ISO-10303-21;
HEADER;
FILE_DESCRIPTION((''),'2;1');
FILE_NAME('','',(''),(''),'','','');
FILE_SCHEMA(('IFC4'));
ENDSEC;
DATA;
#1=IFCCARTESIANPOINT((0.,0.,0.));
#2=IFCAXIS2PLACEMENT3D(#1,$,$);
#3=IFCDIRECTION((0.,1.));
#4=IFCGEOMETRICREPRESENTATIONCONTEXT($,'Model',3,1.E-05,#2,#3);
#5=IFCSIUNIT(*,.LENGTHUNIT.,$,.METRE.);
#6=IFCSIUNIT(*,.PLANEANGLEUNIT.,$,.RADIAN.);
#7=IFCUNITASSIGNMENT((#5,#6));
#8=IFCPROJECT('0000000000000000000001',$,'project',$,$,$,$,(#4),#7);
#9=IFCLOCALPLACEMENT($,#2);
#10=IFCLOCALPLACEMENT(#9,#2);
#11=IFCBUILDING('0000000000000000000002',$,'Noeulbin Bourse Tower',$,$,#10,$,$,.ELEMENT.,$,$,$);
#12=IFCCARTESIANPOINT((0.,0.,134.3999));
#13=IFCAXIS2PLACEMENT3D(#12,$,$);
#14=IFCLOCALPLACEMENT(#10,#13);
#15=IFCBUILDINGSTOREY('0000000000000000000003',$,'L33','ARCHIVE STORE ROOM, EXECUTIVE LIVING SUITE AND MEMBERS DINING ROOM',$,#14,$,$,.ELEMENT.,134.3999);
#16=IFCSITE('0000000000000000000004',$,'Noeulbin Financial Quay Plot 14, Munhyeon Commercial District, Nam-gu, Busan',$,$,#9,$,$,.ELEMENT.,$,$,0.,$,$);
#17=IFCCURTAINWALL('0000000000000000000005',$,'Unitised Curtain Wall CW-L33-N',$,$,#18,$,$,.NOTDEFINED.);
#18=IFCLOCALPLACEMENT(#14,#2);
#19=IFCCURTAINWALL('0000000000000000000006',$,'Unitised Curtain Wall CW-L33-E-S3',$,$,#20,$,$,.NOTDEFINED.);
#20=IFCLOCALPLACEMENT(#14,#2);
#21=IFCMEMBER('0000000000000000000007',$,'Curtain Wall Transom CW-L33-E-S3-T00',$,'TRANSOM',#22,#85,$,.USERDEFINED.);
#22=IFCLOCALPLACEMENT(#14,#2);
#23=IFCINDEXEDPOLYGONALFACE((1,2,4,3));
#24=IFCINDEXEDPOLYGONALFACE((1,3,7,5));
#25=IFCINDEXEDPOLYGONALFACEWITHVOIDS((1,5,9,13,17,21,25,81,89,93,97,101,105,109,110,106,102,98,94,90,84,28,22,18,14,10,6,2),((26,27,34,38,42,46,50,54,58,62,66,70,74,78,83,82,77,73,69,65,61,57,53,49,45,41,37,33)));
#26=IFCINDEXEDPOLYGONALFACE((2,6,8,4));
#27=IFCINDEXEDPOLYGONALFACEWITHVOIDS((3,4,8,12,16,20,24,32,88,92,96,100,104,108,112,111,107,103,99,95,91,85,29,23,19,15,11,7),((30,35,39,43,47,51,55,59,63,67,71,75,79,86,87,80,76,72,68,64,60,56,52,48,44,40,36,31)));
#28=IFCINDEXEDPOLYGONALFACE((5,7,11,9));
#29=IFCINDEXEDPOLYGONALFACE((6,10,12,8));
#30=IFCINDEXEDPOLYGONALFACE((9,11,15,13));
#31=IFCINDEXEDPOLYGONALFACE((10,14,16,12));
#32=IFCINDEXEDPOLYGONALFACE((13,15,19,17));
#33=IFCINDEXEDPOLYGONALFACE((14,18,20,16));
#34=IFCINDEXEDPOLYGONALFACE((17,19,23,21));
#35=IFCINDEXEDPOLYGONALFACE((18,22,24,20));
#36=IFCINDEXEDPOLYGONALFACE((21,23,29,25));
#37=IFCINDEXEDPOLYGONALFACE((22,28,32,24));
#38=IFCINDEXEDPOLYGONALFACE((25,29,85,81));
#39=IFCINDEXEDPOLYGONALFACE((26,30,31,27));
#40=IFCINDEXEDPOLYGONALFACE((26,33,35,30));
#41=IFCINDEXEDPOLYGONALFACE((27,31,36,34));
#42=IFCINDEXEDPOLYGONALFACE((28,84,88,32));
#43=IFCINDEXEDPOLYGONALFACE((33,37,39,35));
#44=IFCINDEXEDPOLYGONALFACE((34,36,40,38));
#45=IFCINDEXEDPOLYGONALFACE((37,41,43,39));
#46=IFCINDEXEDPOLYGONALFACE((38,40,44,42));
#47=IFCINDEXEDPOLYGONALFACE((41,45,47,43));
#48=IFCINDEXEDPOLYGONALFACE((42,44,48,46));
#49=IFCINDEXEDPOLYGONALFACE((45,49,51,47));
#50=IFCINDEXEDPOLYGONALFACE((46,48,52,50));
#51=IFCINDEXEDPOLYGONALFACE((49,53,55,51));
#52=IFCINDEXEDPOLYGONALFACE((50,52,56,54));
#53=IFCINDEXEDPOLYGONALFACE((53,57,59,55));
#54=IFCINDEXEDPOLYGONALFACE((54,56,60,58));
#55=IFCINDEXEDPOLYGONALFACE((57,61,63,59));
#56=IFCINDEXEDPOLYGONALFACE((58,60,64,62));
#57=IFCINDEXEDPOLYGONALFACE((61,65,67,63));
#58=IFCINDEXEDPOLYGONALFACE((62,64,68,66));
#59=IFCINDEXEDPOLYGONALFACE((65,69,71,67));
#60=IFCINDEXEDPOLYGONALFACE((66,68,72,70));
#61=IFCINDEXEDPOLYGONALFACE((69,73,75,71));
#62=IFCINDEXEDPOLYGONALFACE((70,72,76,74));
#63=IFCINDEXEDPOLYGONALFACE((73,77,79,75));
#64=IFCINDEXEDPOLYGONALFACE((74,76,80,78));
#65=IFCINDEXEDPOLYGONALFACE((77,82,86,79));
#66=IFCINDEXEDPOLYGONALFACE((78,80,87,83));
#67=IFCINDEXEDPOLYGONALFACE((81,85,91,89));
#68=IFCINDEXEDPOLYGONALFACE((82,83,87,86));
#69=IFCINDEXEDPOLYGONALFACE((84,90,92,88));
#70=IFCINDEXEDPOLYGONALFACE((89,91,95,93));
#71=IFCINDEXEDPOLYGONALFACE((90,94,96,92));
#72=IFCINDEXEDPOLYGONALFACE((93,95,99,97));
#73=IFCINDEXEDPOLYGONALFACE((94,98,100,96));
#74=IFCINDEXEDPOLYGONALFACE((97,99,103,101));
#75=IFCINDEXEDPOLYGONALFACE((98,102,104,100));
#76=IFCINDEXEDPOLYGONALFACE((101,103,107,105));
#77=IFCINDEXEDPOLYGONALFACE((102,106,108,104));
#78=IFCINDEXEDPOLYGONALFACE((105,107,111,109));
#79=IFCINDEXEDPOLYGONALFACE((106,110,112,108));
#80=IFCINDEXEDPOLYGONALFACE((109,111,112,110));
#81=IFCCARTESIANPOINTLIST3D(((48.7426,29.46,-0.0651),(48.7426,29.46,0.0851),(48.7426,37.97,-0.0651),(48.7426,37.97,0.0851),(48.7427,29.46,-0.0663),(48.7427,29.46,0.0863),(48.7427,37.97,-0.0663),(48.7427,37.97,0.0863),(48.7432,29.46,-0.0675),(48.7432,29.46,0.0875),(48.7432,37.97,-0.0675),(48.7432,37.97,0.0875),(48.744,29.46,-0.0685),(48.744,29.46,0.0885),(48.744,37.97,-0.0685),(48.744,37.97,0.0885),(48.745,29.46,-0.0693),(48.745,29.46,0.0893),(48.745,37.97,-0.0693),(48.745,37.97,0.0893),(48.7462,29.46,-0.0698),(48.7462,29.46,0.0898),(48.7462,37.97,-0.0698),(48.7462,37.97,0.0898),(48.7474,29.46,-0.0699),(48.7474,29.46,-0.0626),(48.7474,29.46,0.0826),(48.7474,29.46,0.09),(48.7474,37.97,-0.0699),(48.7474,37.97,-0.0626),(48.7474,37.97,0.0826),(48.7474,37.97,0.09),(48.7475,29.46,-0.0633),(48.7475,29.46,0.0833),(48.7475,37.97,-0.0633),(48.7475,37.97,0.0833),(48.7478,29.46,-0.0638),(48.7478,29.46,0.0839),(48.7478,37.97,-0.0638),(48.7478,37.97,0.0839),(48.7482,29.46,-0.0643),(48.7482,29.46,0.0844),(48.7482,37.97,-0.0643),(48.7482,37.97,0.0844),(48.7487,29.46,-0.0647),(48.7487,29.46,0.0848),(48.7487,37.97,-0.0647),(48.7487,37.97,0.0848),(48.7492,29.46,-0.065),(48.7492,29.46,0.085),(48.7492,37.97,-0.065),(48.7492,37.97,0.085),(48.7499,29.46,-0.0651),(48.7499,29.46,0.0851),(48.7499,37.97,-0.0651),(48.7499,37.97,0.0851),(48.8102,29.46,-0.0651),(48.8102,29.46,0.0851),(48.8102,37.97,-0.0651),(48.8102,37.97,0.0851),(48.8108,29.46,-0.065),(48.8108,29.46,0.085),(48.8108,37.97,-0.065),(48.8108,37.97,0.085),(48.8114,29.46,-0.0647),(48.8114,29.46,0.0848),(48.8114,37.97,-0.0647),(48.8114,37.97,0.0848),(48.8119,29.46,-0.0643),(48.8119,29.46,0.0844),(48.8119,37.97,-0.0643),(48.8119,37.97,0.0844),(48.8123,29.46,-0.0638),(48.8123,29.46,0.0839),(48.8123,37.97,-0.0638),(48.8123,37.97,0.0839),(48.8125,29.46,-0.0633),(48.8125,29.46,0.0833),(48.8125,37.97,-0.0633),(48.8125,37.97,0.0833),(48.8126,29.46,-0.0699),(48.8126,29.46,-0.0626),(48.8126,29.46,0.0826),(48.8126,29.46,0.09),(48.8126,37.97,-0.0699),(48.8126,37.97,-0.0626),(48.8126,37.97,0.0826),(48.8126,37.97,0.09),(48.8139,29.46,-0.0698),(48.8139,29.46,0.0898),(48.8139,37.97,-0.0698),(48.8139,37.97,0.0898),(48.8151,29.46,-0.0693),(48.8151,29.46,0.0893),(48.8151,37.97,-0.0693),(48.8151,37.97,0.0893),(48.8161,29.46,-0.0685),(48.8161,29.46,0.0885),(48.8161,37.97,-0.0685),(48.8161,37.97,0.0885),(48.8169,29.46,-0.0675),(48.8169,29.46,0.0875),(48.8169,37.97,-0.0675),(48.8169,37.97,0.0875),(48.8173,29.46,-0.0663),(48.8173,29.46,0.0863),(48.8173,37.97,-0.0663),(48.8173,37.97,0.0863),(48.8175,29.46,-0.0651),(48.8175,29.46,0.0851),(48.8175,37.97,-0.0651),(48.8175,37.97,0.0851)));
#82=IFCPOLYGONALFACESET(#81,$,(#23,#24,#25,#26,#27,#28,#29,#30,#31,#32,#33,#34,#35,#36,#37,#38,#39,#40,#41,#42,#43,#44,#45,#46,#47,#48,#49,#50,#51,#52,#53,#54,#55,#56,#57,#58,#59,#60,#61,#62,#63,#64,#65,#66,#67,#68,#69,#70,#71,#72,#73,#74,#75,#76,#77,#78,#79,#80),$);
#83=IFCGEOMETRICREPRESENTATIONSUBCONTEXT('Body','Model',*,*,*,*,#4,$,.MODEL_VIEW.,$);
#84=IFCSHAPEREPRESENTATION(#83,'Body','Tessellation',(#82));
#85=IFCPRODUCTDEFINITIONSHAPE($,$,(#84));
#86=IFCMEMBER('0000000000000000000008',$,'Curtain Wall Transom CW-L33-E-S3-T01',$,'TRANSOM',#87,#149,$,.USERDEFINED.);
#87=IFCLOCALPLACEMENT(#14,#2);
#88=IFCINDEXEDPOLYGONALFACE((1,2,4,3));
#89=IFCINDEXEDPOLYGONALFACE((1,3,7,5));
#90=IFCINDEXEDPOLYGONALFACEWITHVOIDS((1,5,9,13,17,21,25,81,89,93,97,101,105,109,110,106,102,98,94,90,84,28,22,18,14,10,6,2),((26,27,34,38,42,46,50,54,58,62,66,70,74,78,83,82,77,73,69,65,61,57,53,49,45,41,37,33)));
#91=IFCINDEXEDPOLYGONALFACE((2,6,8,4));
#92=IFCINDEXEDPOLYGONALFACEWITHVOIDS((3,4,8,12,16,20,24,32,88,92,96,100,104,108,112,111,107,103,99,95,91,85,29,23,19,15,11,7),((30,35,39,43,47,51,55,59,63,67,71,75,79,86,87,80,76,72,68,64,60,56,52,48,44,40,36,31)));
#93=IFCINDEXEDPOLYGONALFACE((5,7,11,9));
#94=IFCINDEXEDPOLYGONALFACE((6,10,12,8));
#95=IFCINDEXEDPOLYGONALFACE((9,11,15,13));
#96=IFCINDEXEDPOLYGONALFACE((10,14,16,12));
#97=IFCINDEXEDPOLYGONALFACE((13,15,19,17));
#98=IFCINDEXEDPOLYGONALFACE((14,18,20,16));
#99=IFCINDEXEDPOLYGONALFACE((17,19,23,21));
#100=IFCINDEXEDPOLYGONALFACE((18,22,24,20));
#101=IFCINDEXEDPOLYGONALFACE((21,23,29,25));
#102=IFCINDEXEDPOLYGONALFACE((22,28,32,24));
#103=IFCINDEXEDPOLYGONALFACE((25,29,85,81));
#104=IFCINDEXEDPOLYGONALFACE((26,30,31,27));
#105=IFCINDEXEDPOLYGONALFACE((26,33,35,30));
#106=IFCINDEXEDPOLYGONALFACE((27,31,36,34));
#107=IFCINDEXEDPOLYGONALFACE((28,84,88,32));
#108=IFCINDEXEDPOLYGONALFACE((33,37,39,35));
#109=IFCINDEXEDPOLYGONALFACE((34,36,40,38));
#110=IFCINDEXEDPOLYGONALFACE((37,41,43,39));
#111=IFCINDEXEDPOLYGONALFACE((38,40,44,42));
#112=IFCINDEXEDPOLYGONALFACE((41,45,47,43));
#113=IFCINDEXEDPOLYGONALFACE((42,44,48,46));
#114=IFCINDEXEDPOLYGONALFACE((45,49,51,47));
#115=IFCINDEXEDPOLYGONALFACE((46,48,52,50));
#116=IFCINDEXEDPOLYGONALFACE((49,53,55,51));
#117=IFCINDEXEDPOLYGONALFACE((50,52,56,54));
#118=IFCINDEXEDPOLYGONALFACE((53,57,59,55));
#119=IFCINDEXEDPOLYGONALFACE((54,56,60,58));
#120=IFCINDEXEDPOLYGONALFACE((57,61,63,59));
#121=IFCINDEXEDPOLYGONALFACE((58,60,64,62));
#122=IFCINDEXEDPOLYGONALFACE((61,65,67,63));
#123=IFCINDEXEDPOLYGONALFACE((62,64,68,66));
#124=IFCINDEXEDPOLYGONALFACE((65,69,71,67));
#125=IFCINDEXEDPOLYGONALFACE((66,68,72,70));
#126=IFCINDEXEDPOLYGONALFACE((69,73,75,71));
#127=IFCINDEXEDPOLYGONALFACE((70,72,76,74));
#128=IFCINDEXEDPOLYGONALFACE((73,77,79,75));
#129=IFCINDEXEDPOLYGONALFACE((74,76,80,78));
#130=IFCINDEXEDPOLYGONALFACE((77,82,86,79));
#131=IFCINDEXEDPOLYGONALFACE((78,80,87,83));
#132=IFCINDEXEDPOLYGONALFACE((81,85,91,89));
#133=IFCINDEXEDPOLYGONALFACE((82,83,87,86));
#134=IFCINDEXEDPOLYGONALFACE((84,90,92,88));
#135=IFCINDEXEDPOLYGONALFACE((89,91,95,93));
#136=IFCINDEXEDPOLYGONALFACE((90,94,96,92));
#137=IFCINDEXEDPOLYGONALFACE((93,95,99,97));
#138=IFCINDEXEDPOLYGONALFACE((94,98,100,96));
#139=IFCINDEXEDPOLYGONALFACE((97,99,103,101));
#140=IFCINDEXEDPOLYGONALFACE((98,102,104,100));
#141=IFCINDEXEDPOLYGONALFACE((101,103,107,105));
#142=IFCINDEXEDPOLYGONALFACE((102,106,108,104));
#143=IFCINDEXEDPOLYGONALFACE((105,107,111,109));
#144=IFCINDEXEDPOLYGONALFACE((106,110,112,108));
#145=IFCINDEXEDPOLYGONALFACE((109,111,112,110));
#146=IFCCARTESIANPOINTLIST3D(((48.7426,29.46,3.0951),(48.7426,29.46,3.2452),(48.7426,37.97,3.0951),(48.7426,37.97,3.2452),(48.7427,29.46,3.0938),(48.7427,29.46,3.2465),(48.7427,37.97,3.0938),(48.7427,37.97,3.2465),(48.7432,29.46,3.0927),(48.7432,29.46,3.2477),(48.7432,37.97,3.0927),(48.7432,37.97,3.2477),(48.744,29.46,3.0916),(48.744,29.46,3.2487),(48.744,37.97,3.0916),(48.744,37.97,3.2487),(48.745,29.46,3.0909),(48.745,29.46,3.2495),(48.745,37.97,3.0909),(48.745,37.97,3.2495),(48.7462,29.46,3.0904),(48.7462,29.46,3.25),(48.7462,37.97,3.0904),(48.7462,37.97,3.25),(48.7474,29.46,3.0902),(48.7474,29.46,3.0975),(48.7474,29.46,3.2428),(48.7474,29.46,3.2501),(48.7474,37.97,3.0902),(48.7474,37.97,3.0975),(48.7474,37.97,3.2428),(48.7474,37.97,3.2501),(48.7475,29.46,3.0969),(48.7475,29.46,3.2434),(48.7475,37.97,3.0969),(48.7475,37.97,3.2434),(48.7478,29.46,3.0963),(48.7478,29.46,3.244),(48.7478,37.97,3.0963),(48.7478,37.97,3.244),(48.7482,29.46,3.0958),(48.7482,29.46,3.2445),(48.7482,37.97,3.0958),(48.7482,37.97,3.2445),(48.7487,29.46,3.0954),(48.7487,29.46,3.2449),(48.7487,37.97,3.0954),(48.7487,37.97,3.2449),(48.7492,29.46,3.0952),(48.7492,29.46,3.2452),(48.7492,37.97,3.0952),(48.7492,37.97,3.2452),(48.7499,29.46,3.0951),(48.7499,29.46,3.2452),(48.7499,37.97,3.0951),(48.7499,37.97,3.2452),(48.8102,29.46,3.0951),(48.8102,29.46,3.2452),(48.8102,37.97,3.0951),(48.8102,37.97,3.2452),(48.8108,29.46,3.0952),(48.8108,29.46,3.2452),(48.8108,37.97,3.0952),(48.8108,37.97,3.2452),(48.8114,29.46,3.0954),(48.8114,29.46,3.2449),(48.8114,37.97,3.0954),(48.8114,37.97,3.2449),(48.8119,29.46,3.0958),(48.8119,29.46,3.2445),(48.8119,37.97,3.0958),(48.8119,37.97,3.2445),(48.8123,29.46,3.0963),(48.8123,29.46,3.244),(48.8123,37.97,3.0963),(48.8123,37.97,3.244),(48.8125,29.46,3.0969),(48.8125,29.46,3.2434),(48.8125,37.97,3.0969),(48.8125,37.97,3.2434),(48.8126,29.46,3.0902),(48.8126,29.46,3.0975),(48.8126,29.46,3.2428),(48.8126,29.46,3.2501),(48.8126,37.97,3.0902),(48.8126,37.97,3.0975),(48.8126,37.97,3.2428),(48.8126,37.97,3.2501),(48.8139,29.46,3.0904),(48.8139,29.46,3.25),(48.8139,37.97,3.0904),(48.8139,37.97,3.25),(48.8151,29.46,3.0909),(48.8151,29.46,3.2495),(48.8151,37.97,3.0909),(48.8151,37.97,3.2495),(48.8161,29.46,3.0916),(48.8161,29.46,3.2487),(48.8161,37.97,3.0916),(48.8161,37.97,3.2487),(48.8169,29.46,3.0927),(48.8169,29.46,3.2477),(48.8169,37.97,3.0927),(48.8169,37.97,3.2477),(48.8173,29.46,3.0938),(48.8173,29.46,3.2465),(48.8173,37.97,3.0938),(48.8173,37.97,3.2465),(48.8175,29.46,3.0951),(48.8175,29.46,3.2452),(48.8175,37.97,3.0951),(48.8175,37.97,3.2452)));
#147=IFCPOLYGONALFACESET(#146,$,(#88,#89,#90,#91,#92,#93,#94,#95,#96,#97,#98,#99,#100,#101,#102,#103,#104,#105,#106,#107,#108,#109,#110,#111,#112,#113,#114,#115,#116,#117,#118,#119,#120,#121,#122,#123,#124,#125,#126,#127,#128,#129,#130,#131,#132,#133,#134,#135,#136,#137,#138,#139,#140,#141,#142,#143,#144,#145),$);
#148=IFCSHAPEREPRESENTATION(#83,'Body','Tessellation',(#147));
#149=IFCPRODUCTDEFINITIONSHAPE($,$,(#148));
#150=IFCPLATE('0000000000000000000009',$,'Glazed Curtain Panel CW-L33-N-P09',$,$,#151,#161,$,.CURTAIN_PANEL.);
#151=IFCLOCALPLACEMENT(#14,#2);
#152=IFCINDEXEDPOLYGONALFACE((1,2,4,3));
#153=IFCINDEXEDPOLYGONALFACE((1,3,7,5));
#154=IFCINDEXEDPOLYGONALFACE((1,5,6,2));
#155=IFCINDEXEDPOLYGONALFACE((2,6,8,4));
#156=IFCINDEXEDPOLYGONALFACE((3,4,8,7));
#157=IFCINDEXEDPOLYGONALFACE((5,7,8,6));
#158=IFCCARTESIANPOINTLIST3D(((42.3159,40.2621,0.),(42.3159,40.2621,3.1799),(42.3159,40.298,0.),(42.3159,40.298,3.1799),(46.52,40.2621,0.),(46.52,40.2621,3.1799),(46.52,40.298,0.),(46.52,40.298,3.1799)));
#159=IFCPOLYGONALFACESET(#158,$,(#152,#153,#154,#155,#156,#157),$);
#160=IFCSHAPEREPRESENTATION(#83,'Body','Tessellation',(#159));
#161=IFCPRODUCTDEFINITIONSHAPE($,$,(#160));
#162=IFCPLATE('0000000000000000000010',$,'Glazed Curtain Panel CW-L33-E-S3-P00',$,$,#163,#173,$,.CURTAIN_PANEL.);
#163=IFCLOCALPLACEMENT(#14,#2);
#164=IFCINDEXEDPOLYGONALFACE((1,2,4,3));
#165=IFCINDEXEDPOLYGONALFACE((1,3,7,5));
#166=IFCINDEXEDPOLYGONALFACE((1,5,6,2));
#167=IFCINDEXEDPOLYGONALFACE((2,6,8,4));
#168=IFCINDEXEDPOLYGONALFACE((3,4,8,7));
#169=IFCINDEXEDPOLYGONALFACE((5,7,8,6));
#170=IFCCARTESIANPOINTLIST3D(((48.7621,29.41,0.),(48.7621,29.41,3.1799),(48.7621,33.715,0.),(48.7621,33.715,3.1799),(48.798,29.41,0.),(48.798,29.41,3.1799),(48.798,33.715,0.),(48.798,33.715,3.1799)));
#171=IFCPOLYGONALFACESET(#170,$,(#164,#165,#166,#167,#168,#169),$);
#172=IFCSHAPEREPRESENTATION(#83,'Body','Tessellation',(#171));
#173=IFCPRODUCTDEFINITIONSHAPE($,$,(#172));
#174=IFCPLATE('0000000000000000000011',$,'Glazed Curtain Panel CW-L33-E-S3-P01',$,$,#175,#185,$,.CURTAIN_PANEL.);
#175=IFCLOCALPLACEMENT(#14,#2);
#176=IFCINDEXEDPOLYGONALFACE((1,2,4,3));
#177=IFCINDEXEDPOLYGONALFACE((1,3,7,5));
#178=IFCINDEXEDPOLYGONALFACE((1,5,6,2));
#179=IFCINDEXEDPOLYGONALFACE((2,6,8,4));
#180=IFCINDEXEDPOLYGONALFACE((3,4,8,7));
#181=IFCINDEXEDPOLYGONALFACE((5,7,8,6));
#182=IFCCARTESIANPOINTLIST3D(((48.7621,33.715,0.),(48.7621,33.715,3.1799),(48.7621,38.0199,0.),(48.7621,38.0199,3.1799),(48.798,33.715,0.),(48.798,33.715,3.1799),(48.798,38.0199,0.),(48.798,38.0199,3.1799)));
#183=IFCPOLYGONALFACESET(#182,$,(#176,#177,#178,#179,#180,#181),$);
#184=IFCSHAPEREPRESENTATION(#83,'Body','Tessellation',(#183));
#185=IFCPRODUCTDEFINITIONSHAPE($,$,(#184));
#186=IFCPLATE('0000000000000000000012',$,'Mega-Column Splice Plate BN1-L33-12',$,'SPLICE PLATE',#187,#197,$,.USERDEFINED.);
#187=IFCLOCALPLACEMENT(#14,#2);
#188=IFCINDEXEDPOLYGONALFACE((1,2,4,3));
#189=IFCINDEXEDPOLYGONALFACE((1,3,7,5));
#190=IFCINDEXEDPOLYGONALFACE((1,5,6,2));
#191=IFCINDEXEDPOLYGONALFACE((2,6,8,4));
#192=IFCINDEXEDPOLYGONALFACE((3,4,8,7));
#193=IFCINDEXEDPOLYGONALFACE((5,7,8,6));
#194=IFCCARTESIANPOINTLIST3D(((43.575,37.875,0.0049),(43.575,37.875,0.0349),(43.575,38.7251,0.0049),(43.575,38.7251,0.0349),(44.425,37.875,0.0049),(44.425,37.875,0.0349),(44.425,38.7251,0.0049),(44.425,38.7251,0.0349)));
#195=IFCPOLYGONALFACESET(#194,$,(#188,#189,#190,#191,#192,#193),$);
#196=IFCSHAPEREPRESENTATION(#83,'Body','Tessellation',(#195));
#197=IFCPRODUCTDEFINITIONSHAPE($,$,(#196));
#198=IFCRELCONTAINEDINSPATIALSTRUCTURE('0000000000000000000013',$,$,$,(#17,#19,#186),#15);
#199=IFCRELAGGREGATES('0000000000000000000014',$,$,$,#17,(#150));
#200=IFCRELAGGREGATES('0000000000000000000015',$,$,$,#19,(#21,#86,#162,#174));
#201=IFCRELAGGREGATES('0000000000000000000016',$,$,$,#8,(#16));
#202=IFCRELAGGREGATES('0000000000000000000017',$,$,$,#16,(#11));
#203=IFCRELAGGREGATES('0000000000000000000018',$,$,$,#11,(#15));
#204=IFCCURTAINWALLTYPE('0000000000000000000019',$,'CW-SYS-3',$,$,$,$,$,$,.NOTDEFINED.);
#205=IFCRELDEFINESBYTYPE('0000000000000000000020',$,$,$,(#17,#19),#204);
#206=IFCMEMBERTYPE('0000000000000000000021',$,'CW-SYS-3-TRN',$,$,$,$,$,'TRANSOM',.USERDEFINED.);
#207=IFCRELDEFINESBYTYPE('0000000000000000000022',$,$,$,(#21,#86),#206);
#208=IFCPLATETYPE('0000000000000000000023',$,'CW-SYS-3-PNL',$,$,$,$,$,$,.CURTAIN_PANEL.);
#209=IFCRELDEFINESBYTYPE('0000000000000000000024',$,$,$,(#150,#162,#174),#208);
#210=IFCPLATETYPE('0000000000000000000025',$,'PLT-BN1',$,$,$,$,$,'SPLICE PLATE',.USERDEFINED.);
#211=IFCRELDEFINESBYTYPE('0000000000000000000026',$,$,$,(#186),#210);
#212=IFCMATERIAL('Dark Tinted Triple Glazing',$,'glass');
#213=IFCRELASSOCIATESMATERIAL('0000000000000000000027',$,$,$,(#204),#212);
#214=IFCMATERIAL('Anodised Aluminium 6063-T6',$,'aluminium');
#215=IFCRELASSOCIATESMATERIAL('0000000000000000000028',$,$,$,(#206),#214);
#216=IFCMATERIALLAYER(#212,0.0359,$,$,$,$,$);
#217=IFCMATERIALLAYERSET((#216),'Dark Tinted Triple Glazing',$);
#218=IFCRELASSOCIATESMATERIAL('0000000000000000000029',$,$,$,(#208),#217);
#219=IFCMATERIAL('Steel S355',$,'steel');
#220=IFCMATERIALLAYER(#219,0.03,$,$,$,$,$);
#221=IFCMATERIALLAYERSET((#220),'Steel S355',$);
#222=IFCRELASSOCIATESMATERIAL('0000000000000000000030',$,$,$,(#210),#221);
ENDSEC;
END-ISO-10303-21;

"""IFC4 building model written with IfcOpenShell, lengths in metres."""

from ifc_helpers import new_model, si_unit, direction, frame, origin, origin_2d, place, context, subcontext, project, spatial, rectangle, hollow_rectangle, extrude, material, layer, layer_set, material_profile, profile_set, type_object, element, aggregate, save


model = new_model("IFC4")

# Units and contexts
model_context = context("Model", 3, precision=1e-05, world=origin(), true_north=direction((0.0, 1.0)))
body_context = subcontext(model_context, "Body", "Model", "MODEL_VIEW")
ifc_project = project(units=[si_unit("LENGTHUNIT", "METRE"), si_unit("PLANEANGLEUNIT", "RADIAN")], contexts=[model_context])

# Site, building, storey
site_placement = place(None, origin())
site = spatial("IfcSite", under=ifc_project, at=site_placement, Name="Noeulbin Financial Quay Plot 14, Munhyeon Commercial District, Nam-gu, Busan", CompositionType="ELEMENT", RefElevation=0.0)
building_placement = place(site_placement, origin())
building = spatial("IfcBuilding", under=site, at=building_placement, Name="Noeulbin Bourse Tower", CompositionType="ELEMENT")
storey_placement = place(building_placement, frame((0.0, 0.0, 134.3999)))
storey = spatial("IfcBuildingStorey", under=building, at=storey_placement, Name="L33", Description="ARCHIVE STORE ROOM, EXECUTIVE LIVING SUITE AND MEMBERS DINING ROOM", CompositionType="ELEMENT", Elevation=134.3999)

# Shared definitions
ifc_material_1 = material(Name="Steel S355", Category="steel")

# Curtain walls, members
ifc_material_2 = material(Name="Dark Tinted Triple Glazing", Category="glass")
curtain_wall_type = type_object("IfcCurtainWallType", Name="CW-SYS-3", PredefinedType="NOTDEFINED", material=ifc_material_2)
curtain_wall_1_placement = place(storey_placement, origin())
curtain_wall_1 = element("IfcCurtainWall", 1, at=curtain_wall_1_placement, inside=storey, type_object=curtain_wall_type, Name="Unitised Curtain Wall CW-L33-N", PredefinedType="NOTDEFINED")
ifc_material_3 = material(Name="Anodised Aluminium 6063-T6", Category="aluminium")
curtain_wall_2_placement = place(storey_placement, origin())
curtain_wall_2 = element("IfcCurtainWall", 2, at=curtain_wall_2_placement, inside=storey, type_object=curtain_wall_type, Name="Unitised Curtain Wall CW-L33-E-S3", PredefinedType="NOTDEFINED")
ifc_material_profile_1 = material_profile(ifc_material_3, hollow_rectangle(XDim=0.075, YDim=0.1599, WallThickness=0.0049, InnerFilletRadius=0.0024, OuterFilletRadius=0.0049, at=origin_2d()), Name="ALU-TRAN-75x160x5", Category="LoadBearing")
ifc_profile_set_1 = profile_set([ifc_material_profile_1], Name="Anodised Aluminium 6063-T6")
member_type_1 = type_object("IfcMemberType", Name="CW-SYS-3-TRN", ElementType="TRANSOM", PredefinedType="USERDEFINED", material=ifc_profile_set_1)
member_1_placement = place(storey_placement, frame((48.78, 29.46, 0.01), z_axis=(0.0, 1.0, 0.0), x_axis=(-1.0, 0.0, 0.0)))
member_1 = element("IfcMember", 3, at=member_1_placement, type_object=member_type_1, Name="Curtain Wall Transom CW-L33-E-S3-T00", ObjectType="TRANSOM", PredefinedType="USERDEFINED", context=body_context, shape_type="SweptSolid", body=[
    extrude(hollow_rectangle(XDim=0.075, YDim=0.1599, WallThickness=0.0049, InnerFilletRadius=0.0024, OuterFilletRadius=0.0049, at=origin_2d()), origin(), (0.0, 0.0, 1.0), 8.51),
])
member_2_placement = place(storey_placement, frame((48.78, 29.46, 3.1702), z_axis=(0.0, 1.0, 0.0), x_axis=(-1.0, 0.0, 0.0)))
member_2 = element("IfcMember", 4, at=member_2_placement, type_object=member_type_1, Name="Curtain Wall Transom CW-L33-E-S3-T01", ObjectType="TRANSOM", PredefinedType="USERDEFINED", context=body_context, shape_type="SweptSolid", body=[
    extrude(hollow_rectangle(XDim=0.075, YDim=0.1599, WallThickness=0.0049, InnerFilletRadius=0.0024, OuterFilletRadius=0.0049, at=origin_2d()), origin(), (0.0, 0.0, 1.0), 8.51),
])

# Plates
ifc_layer_1 = layer(ifc_material_2, 0.0359)
ifc_layer_set_1 = layer_set([ifc_layer_1], Name="Dark Tinted Triple Glazing")
plate_type_1 = type_object("IfcPlateType", Name="CW-SYS-3-PNL", PredefinedType="CURTAIN_PANEL", material=ifc_layer_set_1)
plate_1_placement = place(storey_placement, frame((44.418, 40.28, 0.0), z_axis=(0.0, 0.0, 1.0), x_axis=(1.0, 0.0, 0.0)))
plate_1 = element("IfcPlate", 5, at=plate_1_placement, type_object=plate_type_1, Name="Glazed Curtain Panel CW-L33-N-P09", PredefinedType="CURTAIN_PANEL", context=body_context, shape_type="SweptSolid", body=[
    extrude(rectangle(XDim=4.2041, YDim=0.0359, at=origin_2d()), origin(), (0.0, 0.0, 1.0), 3.1799),
])
aggregate(curtain_wall_1, [plate_1])
plate_2_placement = place(storey_placement, frame((48.78, 31.5625, 0.0), z_axis=(0.0, 0.0, 1.0), x_axis=(0.0, 1.0, 0.0)))
plate_2 = element("IfcPlate", 6, at=plate_2_placement, type_object=plate_type_1, Name="Glazed Curtain Panel CW-L33-E-S3-P00", PredefinedType="CURTAIN_PANEL", context=body_context, shape_type="SweptSolid", body=[
    extrude(rectangle(XDim=4.3049, YDim=0.0359, at=origin_2d()), origin(), (0.0, 0.0, 1.0), 3.1799),
])
plate_3_placement = place(storey_placement, frame((48.78, 35.8674, 0.0), z_axis=(0.0, 0.0, 1.0), x_axis=(0.0, 1.0, 0.0)))
plate_3 = element("IfcPlate", 7, at=plate_3_placement, type_object=plate_type_1, Name="Glazed Curtain Panel CW-L33-E-S3-P01", PredefinedType="CURTAIN_PANEL", context=body_context, shape_type="SweptSolid", body=[
    extrude(rectangle(XDim=4.3049, YDim=0.0359, at=origin_2d()), origin(), (0.0, 0.0, 1.0), 3.1799),
])
aggregate(curtain_wall_2, [member_1, member_2, plate_2, plate_3])
ifc_layer_2 = layer(ifc_material_1, 0.03)
ifc_layer_set_2 = layer_set([ifc_layer_2], Name="Steel S355")
plate_type_2 = type_object("IfcPlateType", Name="PLT-BN1", ElementType="SPLICE PLATE", PredefinedType="USERDEFINED", material=ifc_layer_set_2)
plate_4_placement = place(storey_placement, frame((44.0, 38.3, 0.0049), z_axis=(0.0, 0.0, 1.0), x_axis=(1.0, 0.0, 0.0)))
element("IfcPlate", 8, at=plate_4_placement, inside=storey, type_object=plate_type_2, Name="Mega-Column Splice Plate BN1-L33-12", ObjectType="SPLICE PLATE", PredefinedType="USERDEFINED", context=body_context, shape_type="SweptSolid", body=[
    extrude(rectangle(XDim=0.8501, YDim=0.8501, at=origin_2d()), origin(), (0.0, 0.0, 1.0), 0.03),
])

save(model, "model.ifc")
